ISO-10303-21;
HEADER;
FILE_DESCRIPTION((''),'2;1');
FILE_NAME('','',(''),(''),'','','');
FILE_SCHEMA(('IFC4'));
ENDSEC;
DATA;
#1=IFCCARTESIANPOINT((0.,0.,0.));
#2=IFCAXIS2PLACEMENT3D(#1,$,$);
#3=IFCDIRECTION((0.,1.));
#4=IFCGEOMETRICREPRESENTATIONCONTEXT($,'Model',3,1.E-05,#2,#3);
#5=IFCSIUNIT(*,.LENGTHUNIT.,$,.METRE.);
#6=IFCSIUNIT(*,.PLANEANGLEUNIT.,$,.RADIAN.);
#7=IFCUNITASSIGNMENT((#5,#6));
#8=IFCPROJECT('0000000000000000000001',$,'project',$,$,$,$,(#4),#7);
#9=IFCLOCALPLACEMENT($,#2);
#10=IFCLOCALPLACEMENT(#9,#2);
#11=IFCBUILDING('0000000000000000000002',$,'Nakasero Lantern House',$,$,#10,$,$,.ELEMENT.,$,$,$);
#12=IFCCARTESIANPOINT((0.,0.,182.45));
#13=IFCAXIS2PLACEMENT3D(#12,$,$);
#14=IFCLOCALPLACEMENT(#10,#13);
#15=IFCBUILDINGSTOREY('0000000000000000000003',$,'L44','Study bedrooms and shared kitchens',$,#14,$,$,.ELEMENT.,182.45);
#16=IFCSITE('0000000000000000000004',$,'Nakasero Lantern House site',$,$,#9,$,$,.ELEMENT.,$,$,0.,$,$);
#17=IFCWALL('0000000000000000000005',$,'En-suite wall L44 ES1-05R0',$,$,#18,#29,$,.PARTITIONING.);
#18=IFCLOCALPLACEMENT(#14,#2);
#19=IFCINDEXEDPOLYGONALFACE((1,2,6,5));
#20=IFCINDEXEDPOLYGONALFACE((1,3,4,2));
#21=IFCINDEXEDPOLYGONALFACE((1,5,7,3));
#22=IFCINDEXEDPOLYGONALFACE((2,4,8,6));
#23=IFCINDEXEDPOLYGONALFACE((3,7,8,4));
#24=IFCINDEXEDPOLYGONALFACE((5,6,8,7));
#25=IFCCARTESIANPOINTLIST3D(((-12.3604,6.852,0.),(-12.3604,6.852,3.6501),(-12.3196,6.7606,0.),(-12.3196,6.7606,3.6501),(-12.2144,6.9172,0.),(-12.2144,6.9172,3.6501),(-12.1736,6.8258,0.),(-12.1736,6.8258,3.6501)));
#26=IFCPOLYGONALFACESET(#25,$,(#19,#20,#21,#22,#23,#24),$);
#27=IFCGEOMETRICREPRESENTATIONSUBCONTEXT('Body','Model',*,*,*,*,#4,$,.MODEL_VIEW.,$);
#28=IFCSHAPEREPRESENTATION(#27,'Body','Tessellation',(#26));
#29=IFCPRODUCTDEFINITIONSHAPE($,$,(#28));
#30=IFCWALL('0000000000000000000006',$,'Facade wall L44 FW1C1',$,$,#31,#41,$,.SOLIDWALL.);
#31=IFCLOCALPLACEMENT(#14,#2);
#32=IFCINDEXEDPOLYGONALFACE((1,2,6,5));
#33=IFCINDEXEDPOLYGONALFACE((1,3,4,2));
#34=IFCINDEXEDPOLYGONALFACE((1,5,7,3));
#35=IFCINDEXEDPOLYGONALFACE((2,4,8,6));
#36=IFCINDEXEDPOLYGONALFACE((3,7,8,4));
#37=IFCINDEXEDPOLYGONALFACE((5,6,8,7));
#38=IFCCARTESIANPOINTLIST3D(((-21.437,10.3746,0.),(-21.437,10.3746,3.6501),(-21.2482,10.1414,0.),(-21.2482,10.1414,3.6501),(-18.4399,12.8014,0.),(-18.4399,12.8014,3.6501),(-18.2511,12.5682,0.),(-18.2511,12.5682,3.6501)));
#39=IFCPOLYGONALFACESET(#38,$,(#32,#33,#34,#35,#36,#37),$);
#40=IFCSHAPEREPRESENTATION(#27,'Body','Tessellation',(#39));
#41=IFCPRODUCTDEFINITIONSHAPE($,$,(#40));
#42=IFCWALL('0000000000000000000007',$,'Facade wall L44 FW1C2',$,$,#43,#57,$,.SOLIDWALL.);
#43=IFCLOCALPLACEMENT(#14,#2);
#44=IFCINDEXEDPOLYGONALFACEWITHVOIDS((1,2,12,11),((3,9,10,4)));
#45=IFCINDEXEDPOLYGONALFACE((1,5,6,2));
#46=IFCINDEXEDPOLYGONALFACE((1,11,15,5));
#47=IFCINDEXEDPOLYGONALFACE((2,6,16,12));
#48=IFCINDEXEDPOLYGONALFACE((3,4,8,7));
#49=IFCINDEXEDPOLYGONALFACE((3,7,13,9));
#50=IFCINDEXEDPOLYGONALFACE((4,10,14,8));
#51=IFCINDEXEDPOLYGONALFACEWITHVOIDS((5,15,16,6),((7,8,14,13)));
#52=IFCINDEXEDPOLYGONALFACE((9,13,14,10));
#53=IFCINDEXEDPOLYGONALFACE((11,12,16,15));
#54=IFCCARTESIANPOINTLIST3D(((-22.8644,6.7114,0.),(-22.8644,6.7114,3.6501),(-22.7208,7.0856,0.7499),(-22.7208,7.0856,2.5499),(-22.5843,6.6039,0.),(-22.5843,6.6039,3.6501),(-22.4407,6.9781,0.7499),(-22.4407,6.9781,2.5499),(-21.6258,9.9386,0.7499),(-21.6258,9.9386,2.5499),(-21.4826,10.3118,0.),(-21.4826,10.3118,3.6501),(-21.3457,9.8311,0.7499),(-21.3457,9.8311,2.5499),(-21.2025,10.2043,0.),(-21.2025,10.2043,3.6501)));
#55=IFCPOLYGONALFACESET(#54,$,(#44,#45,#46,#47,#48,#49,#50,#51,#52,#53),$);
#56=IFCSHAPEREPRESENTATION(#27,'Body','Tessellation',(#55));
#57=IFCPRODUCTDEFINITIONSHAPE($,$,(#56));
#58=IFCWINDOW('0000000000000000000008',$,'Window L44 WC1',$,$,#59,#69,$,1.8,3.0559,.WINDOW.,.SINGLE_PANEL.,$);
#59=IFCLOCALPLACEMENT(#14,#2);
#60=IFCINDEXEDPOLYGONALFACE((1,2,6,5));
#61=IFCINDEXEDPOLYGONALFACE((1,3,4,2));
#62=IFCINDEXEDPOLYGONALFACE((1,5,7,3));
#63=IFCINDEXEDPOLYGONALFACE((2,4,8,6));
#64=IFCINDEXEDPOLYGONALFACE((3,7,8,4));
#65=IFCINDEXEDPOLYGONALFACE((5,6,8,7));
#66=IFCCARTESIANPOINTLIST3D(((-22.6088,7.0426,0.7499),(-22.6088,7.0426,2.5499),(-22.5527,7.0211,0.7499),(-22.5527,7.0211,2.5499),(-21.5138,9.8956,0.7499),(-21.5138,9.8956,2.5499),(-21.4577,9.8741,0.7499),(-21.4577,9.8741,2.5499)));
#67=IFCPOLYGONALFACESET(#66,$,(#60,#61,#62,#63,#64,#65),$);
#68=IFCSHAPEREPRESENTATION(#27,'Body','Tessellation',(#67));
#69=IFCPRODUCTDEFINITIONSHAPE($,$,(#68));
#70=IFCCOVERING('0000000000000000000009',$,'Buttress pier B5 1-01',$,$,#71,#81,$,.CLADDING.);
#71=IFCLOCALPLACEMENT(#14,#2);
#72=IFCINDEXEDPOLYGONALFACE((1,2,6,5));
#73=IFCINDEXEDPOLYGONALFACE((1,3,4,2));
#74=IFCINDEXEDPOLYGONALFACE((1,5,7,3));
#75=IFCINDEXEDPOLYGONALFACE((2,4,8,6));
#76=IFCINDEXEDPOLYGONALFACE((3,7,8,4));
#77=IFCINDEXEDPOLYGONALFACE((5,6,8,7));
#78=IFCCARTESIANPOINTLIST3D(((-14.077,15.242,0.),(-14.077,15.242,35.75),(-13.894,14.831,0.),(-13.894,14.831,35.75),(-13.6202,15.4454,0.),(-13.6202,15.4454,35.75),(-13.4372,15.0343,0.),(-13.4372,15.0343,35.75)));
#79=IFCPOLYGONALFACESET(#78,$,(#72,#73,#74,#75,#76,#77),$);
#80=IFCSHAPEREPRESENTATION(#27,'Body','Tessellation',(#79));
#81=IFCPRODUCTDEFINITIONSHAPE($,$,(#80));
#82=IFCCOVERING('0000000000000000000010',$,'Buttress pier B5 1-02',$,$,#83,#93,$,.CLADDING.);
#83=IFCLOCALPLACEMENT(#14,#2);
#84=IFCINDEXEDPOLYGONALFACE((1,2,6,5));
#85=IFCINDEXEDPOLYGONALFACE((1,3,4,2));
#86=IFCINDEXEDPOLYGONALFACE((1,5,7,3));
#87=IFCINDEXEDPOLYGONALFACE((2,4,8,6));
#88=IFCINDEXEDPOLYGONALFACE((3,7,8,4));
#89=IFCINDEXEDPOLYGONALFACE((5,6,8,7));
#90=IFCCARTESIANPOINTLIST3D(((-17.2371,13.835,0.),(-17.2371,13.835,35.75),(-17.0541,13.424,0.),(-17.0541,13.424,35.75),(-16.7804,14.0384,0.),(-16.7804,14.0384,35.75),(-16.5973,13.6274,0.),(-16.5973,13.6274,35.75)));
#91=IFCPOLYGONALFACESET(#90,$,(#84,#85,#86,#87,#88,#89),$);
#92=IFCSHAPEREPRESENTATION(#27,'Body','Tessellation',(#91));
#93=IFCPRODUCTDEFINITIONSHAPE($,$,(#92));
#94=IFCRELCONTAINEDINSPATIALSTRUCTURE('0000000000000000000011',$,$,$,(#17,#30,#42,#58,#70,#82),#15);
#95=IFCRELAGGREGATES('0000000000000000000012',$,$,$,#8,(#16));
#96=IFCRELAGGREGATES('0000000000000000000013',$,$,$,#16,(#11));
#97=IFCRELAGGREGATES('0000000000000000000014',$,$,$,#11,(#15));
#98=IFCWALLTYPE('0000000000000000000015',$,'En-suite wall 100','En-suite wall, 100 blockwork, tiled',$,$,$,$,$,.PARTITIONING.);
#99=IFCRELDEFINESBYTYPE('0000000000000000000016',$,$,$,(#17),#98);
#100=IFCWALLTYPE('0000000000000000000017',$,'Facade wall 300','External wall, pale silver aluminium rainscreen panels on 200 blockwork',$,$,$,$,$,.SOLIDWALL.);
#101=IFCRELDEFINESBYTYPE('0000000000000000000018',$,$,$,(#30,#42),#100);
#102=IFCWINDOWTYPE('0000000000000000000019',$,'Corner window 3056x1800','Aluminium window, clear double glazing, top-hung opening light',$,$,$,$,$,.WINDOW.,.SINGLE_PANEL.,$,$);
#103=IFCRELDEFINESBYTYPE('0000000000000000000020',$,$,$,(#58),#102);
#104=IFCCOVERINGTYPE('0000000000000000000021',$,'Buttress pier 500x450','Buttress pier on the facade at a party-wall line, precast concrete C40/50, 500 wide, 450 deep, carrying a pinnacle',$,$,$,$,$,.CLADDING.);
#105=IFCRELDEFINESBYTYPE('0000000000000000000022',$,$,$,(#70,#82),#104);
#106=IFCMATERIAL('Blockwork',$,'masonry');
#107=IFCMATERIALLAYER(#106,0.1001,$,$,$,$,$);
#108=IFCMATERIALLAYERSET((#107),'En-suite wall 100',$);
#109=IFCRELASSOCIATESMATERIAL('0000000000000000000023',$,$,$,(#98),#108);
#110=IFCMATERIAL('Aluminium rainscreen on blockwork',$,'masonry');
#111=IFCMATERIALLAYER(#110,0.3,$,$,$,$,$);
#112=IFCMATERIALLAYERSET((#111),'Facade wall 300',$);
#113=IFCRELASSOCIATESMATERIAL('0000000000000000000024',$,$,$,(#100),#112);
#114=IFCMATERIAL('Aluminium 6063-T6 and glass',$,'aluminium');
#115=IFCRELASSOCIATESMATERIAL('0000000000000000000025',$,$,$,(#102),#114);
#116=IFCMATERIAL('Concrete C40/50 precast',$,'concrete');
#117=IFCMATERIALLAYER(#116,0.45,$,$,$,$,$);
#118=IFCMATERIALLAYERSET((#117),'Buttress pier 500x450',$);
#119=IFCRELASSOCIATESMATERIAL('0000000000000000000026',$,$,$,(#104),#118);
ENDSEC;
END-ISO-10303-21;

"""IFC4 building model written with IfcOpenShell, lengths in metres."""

from ifc_helpers import new_model, si_unit, direction, frame, frame_2d, origin, origin_2d, place, context, subcontext, project, spatial, rectangle, extrude, material, layer, layer_set, type_object, element, fill, save


model = new_model("IFC4")

# Units and contexts
model_context = context("Model", 3, precision=1e-05, world=origin(), true_north=direction((0.0, 1.0)))
body_context = subcontext(model_context, "Body", "Model", "MODEL_VIEW")
ifc_project = project(units=[si_unit("LENGTHUNIT", "METRE"), si_unit("PLANEANGLEUNIT", "RADIAN")], contexts=[model_context])

# Site, building, storey
site_placement = place(None, origin())
site = spatial("IfcSite", under=ifc_project, at=site_placement, Name="Nakasero Lantern House site", CompositionType="ELEMENT", RefElevation=0.0)
building_placement = place(site_placement, origin())
building = spatial("IfcBuilding", under=site, at=building_placement, Name="Nakasero Lantern House", CompositionType="ELEMENT")
storey_placement = place(building_placement, frame((0.0, 0.0, 182.45)))
storey = spatial("IfcBuildingStorey", under=building, at=storey_placement, Name="L44", Description="Study bedrooms and shared kitchens", CompositionType="ELEMENT", Elevation=182.45)

# Shared definitions
ifc_material_1 = material(Name="Blockwork", Category="masonry")
ifc_layer_1 = layer(ifc_material_1, 0.1001)
ifc_layer_set_1 = layer_set([ifc_layer_1], Name="En-suite wall 100")
wall_type_1 = type_object("IfcWallType", Name="En-suite wall 100", Description="En-suite wall, 100 blockwork, tiled", PredefinedType="PARTITIONING", material=ifc_layer_set_1)

# Walls
wall_1_placement = place(storey_placement, frame((-12.1938, 6.8716, 0.0), z_axis=(0.0, 0.0, 1.0), x_axis=(-0.913118, -0.407696, 0.0)))
element("IfcWall", 1, at=wall_1_placement, inside=storey, type_object=wall_type_1, Name="En-suite wall L44 ES1-05R0", PredefinedType="PARTITIONING", context=body_context, shape_type="SweptSolid", body=[
    extrude(rectangle(XDim=0.1599, YDim=0.1001, at=frame_2d((0.0801, 0.0))), origin(), (0.0, 0.0, 1.0), 3.6501),
])
ifc_material_2 = material(Name="Aluminium rainscreen on blockwork", Category="masonry")
ifc_layer_2 = layer(ifc_material_2, 0.3)
ifc_layer_set_2 = layer_set([ifc_layer_2], Name="Facade wall 300")
wall_type_2 = type_object("IfcWallType", Name="Facade wall 300", Description="External wall, pale silver aluminium rainscreen panels on 200 blockwork", PredefinedType="SOLIDWALL", material=ifc_layer_set_2)
wall_2_placement = place(storey_placement, frame((-18.3455, 12.6848, 0.0), z_axis=(0.0, 0.0, 1.0), x_axis=(-0.777174, -0.629286, 0.0)))
element("IfcWall", 2, at=wall_2_placement, inside=storey, type_object=wall_type_2, Name="Facade wall L44 FW1C1", PredefinedType="SOLIDWALL", context=body_context, shape_type="SweptSolid", body=[
    extrude(rectangle(XDim=3.8564, YDim=0.3, at=frame_2d((1.9282, 0.0))), origin(), (0.0, 0.0, 1.0), 3.6501),
])

# Wall, opening, window
wall_3_placement = place(storey_placement, frame((-21.3425, 10.2581, 0.0), z_axis=(0.0, 0.0, 1.0), x_axis=(-0.358321, -0.933598, 0.0)))
wall_3 = element("IfcWall", 3, at=wall_3_placement, inside=storey, type_object=wall_type_2, Name="Facade wall L44 FW1C2", PredefinedType="SOLIDWALL", context=body_context, shape_type="SweptSolid", body=[
    extrude(rectangle(XDim=3.8564, YDim=0.3, at=frame_2d((1.9282, 0.0))), origin(), (0.0, 0.0, 1.0), 3.6501),
])
opening_1_placement = place(wall_3_placement, frame((0.3999, 0.0, 0.75)))
opening_1 = element("IfcOpeningElement", 4, at=opening_1_placement, cuts=wall_3, PredefinedType="OPENING", context=body_context, shape_type="SweptSolid", body=[
    extrude(rectangle(XDim=3.0559, YDim=1.8, at=frame_2d((1.5278, 0.8999))), frame((0.0, 0.1699, 0.0), z_axis=(0.0, -1.0, 0.0), x_axis=(1.0, 0.0, 0.0)), (0.0, 0.0, 1.0), 0.3401),
])
ifc_material_3 = material(Name="Aluminium 6063-T6 and glass", Category="aluminium")
window_type = type_object("IfcWindowType", Name="Corner window 3056x1800", Description="Aluminium window, clear double glazing, top-hung opening light", PartitioningType="SINGLE_PANEL", PredefinedType="WINDOW", material=ifc_material_3)
window_placement = place(opening_1_placement, origin())
window = element("IfcWindow", 5, at=window_placement, inside=storey, type_object=window_type, Name="Window L44 WC1", OverallHeight=1.8, OverallWidth=3.0559, PartitioningType="SINGLE_PANEL", PredefinedType="WINDOW", context=body_context, shape_type="SweptSolid", body=[
    extrude(rectangle(XDim=3.0559, YDim=1.8, at=frame_2d((1.5278, 0.8999))), frame((0.0, 0.03, 0.0), z_axis=(0.0, -1.0, 0.0), x_axis=(1.0, 0.0, 0.0)), (0.0, 0.0, 1.0), 0.0601),
])
fill(opening_1, window)

# Coverings
ifc_material_4 = material(Name="Concrete C40/50 precast", Category="concrete")
ifc_layer_3 = layer(ifc_material_4, 0.45)
ifc_layer_set_3 = layer_set([ifc_layer_3], Name="Buttress pier 500x450")
covering_type = type_object("IfcCoveringType", Name="Buttress pier 500x450", Description="Buttress pier on the facade at a party-wall line, precast concrete C40/50, 500 wide, 450 deep, carrying a pinnacle", PredefinedType="CLADDING", material=ifc_layer_set_3)
for number, where, z_axis, x_axis, name in (
    (6, (-13.7571, 15.1382, 0.0), (0.0, 0.0, 1.0), (-0.406737, 0.913545, 0.0), "Buttress pier B5 1-01"),
    (7, (-16.9172, 13.7312, 0.0), (0.0, 0.0, 1.0), (-0.406737, 0.913545, 0.0), "Buttress pier B5 1-02"),
):
    element("IfcCovering", number, at=place(storey_placement, frame(where, z_axis=z_axis, x_axis=x_axis)), inside=storey, type_object=covering_type, Name=name, PredefinedType="CLADDING", context=body_context, shape_type="SweptSolid", body=[
        extrude(rectangle(XDim=0.45, YDim=0.5, at=origin_2d()), origin(), (0.0, 0.0, 1.0), 35.75),
    ])

save(model, "model.ifc")
